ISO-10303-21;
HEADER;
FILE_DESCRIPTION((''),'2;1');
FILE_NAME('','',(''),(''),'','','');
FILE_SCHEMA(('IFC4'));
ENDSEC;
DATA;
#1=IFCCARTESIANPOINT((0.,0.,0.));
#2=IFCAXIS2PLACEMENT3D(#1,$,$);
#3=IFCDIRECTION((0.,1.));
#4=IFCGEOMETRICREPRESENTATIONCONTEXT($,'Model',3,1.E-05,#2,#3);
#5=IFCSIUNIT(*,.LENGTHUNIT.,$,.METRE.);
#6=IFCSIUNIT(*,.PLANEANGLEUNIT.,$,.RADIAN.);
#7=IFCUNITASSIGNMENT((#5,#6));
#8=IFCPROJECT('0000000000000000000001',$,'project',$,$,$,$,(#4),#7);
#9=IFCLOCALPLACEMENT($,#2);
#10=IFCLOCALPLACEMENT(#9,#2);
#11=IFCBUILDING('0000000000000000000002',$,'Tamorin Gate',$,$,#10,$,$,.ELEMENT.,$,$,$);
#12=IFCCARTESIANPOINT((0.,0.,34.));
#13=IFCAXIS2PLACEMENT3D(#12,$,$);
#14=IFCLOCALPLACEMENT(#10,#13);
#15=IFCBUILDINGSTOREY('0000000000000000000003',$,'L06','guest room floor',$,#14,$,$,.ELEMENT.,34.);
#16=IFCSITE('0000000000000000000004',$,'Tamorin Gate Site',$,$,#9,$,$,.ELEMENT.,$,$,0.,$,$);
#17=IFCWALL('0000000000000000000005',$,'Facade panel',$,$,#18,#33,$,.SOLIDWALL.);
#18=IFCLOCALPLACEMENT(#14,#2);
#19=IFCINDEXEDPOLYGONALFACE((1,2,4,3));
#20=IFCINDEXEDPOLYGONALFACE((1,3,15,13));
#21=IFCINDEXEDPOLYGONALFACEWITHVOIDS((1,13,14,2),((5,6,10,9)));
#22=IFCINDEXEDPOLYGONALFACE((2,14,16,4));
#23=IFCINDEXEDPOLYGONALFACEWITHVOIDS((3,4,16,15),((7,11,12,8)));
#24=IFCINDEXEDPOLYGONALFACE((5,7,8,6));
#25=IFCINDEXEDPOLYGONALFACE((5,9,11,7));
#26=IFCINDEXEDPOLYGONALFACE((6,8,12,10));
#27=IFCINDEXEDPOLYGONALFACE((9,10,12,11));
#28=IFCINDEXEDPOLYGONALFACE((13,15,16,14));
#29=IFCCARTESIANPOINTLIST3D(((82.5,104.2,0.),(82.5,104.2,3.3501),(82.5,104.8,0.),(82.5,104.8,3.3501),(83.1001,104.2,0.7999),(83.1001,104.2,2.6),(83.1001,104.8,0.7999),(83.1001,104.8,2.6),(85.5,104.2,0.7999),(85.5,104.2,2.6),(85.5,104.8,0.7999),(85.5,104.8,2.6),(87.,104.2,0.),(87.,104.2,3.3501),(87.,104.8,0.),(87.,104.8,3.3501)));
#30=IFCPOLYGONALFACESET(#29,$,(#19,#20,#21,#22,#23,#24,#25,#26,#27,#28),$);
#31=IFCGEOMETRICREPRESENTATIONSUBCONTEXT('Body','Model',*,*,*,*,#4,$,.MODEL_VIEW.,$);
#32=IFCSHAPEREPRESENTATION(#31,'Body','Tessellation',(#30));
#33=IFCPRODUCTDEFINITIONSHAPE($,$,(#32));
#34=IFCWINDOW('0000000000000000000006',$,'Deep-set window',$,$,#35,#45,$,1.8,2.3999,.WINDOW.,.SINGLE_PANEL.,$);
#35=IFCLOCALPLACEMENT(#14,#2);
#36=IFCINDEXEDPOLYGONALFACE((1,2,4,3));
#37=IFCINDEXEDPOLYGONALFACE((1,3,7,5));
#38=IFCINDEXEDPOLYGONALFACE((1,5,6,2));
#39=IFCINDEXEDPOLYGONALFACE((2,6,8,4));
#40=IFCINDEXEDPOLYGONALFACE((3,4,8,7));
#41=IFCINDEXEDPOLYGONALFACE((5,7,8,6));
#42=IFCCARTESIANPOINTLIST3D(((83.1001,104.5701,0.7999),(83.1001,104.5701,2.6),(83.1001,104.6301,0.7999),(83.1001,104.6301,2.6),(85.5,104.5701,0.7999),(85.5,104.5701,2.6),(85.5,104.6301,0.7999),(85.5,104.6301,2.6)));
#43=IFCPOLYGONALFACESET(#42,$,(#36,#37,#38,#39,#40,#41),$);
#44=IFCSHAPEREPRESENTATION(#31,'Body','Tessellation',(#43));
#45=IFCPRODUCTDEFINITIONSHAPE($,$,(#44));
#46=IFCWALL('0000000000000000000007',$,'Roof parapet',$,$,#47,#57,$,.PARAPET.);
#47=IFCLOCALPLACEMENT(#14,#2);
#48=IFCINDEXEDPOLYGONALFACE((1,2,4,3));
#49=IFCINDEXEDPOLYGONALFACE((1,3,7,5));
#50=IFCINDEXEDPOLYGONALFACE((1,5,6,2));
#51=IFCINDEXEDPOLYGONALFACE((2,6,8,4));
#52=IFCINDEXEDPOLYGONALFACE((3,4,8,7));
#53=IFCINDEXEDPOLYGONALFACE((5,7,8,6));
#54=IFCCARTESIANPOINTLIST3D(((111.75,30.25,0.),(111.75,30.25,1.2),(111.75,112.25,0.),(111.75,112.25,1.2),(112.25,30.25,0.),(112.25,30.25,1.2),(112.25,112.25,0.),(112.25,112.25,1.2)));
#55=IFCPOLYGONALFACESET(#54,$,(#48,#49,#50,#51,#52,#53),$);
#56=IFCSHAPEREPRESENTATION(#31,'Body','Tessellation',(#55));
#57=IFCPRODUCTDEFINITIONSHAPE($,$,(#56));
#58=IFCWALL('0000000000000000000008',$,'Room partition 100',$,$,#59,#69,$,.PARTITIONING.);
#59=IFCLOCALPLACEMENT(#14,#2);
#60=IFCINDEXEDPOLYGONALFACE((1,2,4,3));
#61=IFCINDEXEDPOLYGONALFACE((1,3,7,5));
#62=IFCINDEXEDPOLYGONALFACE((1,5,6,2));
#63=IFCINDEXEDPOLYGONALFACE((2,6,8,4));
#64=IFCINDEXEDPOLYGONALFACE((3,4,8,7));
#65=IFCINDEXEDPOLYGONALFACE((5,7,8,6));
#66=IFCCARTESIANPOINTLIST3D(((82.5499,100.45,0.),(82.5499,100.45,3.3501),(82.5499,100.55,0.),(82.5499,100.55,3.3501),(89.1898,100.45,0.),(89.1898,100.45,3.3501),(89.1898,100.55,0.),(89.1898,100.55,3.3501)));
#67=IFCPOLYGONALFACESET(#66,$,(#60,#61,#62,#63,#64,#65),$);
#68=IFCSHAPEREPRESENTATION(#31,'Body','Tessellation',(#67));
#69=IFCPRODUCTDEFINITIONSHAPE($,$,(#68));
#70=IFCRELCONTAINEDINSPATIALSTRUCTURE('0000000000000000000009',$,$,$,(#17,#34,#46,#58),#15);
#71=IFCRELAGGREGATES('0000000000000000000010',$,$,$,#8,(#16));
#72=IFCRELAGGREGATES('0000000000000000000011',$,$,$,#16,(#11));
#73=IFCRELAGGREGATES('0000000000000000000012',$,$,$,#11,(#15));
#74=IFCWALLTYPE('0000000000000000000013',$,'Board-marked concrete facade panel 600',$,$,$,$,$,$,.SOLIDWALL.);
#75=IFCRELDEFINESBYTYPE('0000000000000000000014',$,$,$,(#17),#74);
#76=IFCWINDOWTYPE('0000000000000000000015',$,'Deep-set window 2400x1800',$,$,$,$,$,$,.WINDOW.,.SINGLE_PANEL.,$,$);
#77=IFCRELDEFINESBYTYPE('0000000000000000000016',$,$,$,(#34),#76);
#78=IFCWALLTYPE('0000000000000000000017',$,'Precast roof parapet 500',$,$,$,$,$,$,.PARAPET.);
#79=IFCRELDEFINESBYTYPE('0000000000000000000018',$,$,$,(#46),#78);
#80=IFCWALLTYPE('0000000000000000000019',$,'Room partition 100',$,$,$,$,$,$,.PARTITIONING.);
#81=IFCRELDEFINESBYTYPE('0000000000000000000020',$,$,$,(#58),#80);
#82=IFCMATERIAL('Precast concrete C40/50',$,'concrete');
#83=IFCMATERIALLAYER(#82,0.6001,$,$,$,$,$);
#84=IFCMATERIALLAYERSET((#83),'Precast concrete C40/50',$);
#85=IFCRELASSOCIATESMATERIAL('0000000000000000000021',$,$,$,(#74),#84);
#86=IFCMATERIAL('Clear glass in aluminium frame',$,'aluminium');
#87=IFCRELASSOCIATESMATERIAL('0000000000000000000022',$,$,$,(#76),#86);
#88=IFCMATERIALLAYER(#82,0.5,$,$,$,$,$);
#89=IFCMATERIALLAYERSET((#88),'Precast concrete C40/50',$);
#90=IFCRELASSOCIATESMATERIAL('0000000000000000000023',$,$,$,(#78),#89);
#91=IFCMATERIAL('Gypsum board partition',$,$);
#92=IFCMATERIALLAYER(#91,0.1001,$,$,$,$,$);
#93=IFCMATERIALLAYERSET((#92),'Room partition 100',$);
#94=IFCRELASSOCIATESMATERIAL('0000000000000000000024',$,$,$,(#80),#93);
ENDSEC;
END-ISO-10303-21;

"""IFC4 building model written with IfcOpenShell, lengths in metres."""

from ifc_helpers import new_model, si_unit, direction, frame, frame_2d, origin, place, context, subcontext, project, spatial, rectangle, extrude, material, layer, layer_set, type_object, element, fill, save


model = new_model("IFC4")

# Units and contexts
model_context = context("Model", 3, precision=1e-05, world=origin(), true_north=direction((0.0, 1.0)))
body_context = subcontext(model_context, "Body", "Model", "MODEL_VIEW")
ifc_project = project(units=[si_unit("LENGTHUNIT", "METRE"), si_unit("PLANEANGLEUNIT", "RADIAN")], contexts=[model_context])

# Site, building, storey
site_placement = place(None, origin())
site = spatial("IfcSite", under=ifc_project, at=site_placement, Name="Tamorin Gate Site", CompositionType="ELEMENT", RefElevation=0.0)
building_placement = place(site_placement, origin())
building = spatial("IfcBuilding", under=site, at=building_placement, Name="Tamorin Gate", CompositionType="ELEMENT")
storey_placement = place(building_placement, frame((0.0, 0.0, 34.0)))
storey = spatial("IfcBuildingStorey", under=building, at=storey_placement, Name="L06", Description="guest room floor", CompositionType="ELEMENT", Elevation=34.0)

# Shared definitions
ifc_material_1 = material(Name="Precast concrete C40/50", Category="concrete")
ifc_layer_1 = layer(ifc_material_1, 0.6001)
ifc_layer_set_1 = layer_set([ifc_layer_1], Name="Precast concrete C40/50")
wall_type_1 = type_object("IfcWallType", Name="Board-marked concrete facade panel 600", PredefinedType="SOLIDWALL", material=ifc_layer_set_1)
ifc_material_2 = material(Name="Clear glass in aluminium frame", Category="aluminium")
window_type = type_object("IfcWindowType", Name="Deep-set window 2400x1800", PartitioningType="SINGLE_PANEL", PredefinedType="WINDOW", material=ifc_material_2)

# Wall, opening, window
wall_1_placement = place(storey_placement, frame((87.0, 104.5, 0.0), z_axis=(0.0, 0.0, 1.0), x_axis=(-1.0, 0.0, 0.0)))
wall_1 = element("IfcWall", 1, at=wall_1_placement, inside=storey, type_object=wall_type_1, Name="Facade panel", PredefinedType="SOLIDWALL", context=body_context, shape_type="SweptSolid", body=[
    extrude(rectangle(XDim=4.5, YDim=0.6001, at=frame_2d((2.25, 0.0))), origin(), (0.0, 0.0, 1.0), 3.3501),
])
opening_1_placement = place(wall_1_placement, frame((1.5, 0.0, 0.8)))
opening_1 = element("IfcOpeningElement", 2, at=opening_1_placement, cuts=wall_1, PredefinedType="OPENING", context=body_context, shape_type="SweptSolid", body=[
    extrude(rectangle(XDim=2.3999, YDim=1.8, at=frame_2d((1.2, 0.8999))), frame((0.0, 0.3101, 0.0), z_axis=(0.0, -1.0, 0.0), x_axis=(1.0, 0.0, 0.0)), (0.0, 0.0, 1.0), 0.6201),
])
window_1_placement = place(opening_1_placement, origin())
window_1 = element("IfcWindow", 3, at=window_1_placement, inside=storey, type_object=window_type, Name="Deep-set window", OverallHeight=1.8, OverallWidth=2.3999, PartitioningType="SINGLE_PANEL", PredefinedType="WINDOW", context=body_context, shape_type="SweptSolid", body=[
    extrude(rectangle(XDim=2.3999, YDim=1.8, at=frame_2d((1.2, 0.8999))), frame((0.0, -0.0701, 0.0), z_axis=(0.0, -1.0, 0.0), x_axis=(1.0, 0.0, 0.0)), (0.0, 0.0, 1.0), 0.0601),
])
fill(opening_1, window_1)

# Walls
ifc_layer_2 = layer(ifc_material_1, 0.5)
ifc_layer_set_2 = layer_set([ifc_layer_2], Name="Precast concrete C40/50")
wall_type_2 = type_object("IfcWallType", Name="Precast roof parapet 500", PredefinedType="PARAPET", material=ifc_layer_set_2)
wall_2_placement = place(storey_placement, frame((112.0, 112.25, 0.0), z_axis=(0.0, 0.0, 1.0), x_axis=(0.0, -1.0, 0.0)))
element("IfcWall", 4, at=wall_2_placement, inside=storey, type_object=wall_type_2, Name="Roof parapet", PredefinedType="PARAPET", context=body_context, shape_type="SweptSolid", body=[
    extrude(rectangle(XDim=82.0, YDim=0.5, at=frame_2d((41.0, 0.0))), origin(), (0.0, 0.0, 1.0), 1.2),
])
ifc_material_3 = material(Name="Gypsum board partition")
ifc_layer_3 = layer(ifc_material_3, 0.1001)
ifc_layer_set_3 = layer_set([ifc_layer_3], Name="Room partition 100")
wall_type_3 = type_object("IfcWallType", Name="Room partition 100", PredefinedType="PARTITIONING", material=ifc_layer_set_3)
wall_3_placement = place(storey_placement, frame((82.55, 100.5, 0.0), z_axis=(0.0, 0.0, 1.0), x_axis=(1.0, 0.0, 0.0)))
element("IfcWall", 5, at=wall_3_placement, inside=storey, type_object=wall_type_3, Name="Room partition 100", PredefinedType="PARTITIONING", context=body_context, shape_type="SweptSolid", body=[
    extrude(rectangle(XDim=6.6399, YDim=0.1001, at=frame_2d((3.3198, 0.0))), origin(), (0.0, 0.0, 1.0), 3.3501),
])

save(model, "model.ifc")
